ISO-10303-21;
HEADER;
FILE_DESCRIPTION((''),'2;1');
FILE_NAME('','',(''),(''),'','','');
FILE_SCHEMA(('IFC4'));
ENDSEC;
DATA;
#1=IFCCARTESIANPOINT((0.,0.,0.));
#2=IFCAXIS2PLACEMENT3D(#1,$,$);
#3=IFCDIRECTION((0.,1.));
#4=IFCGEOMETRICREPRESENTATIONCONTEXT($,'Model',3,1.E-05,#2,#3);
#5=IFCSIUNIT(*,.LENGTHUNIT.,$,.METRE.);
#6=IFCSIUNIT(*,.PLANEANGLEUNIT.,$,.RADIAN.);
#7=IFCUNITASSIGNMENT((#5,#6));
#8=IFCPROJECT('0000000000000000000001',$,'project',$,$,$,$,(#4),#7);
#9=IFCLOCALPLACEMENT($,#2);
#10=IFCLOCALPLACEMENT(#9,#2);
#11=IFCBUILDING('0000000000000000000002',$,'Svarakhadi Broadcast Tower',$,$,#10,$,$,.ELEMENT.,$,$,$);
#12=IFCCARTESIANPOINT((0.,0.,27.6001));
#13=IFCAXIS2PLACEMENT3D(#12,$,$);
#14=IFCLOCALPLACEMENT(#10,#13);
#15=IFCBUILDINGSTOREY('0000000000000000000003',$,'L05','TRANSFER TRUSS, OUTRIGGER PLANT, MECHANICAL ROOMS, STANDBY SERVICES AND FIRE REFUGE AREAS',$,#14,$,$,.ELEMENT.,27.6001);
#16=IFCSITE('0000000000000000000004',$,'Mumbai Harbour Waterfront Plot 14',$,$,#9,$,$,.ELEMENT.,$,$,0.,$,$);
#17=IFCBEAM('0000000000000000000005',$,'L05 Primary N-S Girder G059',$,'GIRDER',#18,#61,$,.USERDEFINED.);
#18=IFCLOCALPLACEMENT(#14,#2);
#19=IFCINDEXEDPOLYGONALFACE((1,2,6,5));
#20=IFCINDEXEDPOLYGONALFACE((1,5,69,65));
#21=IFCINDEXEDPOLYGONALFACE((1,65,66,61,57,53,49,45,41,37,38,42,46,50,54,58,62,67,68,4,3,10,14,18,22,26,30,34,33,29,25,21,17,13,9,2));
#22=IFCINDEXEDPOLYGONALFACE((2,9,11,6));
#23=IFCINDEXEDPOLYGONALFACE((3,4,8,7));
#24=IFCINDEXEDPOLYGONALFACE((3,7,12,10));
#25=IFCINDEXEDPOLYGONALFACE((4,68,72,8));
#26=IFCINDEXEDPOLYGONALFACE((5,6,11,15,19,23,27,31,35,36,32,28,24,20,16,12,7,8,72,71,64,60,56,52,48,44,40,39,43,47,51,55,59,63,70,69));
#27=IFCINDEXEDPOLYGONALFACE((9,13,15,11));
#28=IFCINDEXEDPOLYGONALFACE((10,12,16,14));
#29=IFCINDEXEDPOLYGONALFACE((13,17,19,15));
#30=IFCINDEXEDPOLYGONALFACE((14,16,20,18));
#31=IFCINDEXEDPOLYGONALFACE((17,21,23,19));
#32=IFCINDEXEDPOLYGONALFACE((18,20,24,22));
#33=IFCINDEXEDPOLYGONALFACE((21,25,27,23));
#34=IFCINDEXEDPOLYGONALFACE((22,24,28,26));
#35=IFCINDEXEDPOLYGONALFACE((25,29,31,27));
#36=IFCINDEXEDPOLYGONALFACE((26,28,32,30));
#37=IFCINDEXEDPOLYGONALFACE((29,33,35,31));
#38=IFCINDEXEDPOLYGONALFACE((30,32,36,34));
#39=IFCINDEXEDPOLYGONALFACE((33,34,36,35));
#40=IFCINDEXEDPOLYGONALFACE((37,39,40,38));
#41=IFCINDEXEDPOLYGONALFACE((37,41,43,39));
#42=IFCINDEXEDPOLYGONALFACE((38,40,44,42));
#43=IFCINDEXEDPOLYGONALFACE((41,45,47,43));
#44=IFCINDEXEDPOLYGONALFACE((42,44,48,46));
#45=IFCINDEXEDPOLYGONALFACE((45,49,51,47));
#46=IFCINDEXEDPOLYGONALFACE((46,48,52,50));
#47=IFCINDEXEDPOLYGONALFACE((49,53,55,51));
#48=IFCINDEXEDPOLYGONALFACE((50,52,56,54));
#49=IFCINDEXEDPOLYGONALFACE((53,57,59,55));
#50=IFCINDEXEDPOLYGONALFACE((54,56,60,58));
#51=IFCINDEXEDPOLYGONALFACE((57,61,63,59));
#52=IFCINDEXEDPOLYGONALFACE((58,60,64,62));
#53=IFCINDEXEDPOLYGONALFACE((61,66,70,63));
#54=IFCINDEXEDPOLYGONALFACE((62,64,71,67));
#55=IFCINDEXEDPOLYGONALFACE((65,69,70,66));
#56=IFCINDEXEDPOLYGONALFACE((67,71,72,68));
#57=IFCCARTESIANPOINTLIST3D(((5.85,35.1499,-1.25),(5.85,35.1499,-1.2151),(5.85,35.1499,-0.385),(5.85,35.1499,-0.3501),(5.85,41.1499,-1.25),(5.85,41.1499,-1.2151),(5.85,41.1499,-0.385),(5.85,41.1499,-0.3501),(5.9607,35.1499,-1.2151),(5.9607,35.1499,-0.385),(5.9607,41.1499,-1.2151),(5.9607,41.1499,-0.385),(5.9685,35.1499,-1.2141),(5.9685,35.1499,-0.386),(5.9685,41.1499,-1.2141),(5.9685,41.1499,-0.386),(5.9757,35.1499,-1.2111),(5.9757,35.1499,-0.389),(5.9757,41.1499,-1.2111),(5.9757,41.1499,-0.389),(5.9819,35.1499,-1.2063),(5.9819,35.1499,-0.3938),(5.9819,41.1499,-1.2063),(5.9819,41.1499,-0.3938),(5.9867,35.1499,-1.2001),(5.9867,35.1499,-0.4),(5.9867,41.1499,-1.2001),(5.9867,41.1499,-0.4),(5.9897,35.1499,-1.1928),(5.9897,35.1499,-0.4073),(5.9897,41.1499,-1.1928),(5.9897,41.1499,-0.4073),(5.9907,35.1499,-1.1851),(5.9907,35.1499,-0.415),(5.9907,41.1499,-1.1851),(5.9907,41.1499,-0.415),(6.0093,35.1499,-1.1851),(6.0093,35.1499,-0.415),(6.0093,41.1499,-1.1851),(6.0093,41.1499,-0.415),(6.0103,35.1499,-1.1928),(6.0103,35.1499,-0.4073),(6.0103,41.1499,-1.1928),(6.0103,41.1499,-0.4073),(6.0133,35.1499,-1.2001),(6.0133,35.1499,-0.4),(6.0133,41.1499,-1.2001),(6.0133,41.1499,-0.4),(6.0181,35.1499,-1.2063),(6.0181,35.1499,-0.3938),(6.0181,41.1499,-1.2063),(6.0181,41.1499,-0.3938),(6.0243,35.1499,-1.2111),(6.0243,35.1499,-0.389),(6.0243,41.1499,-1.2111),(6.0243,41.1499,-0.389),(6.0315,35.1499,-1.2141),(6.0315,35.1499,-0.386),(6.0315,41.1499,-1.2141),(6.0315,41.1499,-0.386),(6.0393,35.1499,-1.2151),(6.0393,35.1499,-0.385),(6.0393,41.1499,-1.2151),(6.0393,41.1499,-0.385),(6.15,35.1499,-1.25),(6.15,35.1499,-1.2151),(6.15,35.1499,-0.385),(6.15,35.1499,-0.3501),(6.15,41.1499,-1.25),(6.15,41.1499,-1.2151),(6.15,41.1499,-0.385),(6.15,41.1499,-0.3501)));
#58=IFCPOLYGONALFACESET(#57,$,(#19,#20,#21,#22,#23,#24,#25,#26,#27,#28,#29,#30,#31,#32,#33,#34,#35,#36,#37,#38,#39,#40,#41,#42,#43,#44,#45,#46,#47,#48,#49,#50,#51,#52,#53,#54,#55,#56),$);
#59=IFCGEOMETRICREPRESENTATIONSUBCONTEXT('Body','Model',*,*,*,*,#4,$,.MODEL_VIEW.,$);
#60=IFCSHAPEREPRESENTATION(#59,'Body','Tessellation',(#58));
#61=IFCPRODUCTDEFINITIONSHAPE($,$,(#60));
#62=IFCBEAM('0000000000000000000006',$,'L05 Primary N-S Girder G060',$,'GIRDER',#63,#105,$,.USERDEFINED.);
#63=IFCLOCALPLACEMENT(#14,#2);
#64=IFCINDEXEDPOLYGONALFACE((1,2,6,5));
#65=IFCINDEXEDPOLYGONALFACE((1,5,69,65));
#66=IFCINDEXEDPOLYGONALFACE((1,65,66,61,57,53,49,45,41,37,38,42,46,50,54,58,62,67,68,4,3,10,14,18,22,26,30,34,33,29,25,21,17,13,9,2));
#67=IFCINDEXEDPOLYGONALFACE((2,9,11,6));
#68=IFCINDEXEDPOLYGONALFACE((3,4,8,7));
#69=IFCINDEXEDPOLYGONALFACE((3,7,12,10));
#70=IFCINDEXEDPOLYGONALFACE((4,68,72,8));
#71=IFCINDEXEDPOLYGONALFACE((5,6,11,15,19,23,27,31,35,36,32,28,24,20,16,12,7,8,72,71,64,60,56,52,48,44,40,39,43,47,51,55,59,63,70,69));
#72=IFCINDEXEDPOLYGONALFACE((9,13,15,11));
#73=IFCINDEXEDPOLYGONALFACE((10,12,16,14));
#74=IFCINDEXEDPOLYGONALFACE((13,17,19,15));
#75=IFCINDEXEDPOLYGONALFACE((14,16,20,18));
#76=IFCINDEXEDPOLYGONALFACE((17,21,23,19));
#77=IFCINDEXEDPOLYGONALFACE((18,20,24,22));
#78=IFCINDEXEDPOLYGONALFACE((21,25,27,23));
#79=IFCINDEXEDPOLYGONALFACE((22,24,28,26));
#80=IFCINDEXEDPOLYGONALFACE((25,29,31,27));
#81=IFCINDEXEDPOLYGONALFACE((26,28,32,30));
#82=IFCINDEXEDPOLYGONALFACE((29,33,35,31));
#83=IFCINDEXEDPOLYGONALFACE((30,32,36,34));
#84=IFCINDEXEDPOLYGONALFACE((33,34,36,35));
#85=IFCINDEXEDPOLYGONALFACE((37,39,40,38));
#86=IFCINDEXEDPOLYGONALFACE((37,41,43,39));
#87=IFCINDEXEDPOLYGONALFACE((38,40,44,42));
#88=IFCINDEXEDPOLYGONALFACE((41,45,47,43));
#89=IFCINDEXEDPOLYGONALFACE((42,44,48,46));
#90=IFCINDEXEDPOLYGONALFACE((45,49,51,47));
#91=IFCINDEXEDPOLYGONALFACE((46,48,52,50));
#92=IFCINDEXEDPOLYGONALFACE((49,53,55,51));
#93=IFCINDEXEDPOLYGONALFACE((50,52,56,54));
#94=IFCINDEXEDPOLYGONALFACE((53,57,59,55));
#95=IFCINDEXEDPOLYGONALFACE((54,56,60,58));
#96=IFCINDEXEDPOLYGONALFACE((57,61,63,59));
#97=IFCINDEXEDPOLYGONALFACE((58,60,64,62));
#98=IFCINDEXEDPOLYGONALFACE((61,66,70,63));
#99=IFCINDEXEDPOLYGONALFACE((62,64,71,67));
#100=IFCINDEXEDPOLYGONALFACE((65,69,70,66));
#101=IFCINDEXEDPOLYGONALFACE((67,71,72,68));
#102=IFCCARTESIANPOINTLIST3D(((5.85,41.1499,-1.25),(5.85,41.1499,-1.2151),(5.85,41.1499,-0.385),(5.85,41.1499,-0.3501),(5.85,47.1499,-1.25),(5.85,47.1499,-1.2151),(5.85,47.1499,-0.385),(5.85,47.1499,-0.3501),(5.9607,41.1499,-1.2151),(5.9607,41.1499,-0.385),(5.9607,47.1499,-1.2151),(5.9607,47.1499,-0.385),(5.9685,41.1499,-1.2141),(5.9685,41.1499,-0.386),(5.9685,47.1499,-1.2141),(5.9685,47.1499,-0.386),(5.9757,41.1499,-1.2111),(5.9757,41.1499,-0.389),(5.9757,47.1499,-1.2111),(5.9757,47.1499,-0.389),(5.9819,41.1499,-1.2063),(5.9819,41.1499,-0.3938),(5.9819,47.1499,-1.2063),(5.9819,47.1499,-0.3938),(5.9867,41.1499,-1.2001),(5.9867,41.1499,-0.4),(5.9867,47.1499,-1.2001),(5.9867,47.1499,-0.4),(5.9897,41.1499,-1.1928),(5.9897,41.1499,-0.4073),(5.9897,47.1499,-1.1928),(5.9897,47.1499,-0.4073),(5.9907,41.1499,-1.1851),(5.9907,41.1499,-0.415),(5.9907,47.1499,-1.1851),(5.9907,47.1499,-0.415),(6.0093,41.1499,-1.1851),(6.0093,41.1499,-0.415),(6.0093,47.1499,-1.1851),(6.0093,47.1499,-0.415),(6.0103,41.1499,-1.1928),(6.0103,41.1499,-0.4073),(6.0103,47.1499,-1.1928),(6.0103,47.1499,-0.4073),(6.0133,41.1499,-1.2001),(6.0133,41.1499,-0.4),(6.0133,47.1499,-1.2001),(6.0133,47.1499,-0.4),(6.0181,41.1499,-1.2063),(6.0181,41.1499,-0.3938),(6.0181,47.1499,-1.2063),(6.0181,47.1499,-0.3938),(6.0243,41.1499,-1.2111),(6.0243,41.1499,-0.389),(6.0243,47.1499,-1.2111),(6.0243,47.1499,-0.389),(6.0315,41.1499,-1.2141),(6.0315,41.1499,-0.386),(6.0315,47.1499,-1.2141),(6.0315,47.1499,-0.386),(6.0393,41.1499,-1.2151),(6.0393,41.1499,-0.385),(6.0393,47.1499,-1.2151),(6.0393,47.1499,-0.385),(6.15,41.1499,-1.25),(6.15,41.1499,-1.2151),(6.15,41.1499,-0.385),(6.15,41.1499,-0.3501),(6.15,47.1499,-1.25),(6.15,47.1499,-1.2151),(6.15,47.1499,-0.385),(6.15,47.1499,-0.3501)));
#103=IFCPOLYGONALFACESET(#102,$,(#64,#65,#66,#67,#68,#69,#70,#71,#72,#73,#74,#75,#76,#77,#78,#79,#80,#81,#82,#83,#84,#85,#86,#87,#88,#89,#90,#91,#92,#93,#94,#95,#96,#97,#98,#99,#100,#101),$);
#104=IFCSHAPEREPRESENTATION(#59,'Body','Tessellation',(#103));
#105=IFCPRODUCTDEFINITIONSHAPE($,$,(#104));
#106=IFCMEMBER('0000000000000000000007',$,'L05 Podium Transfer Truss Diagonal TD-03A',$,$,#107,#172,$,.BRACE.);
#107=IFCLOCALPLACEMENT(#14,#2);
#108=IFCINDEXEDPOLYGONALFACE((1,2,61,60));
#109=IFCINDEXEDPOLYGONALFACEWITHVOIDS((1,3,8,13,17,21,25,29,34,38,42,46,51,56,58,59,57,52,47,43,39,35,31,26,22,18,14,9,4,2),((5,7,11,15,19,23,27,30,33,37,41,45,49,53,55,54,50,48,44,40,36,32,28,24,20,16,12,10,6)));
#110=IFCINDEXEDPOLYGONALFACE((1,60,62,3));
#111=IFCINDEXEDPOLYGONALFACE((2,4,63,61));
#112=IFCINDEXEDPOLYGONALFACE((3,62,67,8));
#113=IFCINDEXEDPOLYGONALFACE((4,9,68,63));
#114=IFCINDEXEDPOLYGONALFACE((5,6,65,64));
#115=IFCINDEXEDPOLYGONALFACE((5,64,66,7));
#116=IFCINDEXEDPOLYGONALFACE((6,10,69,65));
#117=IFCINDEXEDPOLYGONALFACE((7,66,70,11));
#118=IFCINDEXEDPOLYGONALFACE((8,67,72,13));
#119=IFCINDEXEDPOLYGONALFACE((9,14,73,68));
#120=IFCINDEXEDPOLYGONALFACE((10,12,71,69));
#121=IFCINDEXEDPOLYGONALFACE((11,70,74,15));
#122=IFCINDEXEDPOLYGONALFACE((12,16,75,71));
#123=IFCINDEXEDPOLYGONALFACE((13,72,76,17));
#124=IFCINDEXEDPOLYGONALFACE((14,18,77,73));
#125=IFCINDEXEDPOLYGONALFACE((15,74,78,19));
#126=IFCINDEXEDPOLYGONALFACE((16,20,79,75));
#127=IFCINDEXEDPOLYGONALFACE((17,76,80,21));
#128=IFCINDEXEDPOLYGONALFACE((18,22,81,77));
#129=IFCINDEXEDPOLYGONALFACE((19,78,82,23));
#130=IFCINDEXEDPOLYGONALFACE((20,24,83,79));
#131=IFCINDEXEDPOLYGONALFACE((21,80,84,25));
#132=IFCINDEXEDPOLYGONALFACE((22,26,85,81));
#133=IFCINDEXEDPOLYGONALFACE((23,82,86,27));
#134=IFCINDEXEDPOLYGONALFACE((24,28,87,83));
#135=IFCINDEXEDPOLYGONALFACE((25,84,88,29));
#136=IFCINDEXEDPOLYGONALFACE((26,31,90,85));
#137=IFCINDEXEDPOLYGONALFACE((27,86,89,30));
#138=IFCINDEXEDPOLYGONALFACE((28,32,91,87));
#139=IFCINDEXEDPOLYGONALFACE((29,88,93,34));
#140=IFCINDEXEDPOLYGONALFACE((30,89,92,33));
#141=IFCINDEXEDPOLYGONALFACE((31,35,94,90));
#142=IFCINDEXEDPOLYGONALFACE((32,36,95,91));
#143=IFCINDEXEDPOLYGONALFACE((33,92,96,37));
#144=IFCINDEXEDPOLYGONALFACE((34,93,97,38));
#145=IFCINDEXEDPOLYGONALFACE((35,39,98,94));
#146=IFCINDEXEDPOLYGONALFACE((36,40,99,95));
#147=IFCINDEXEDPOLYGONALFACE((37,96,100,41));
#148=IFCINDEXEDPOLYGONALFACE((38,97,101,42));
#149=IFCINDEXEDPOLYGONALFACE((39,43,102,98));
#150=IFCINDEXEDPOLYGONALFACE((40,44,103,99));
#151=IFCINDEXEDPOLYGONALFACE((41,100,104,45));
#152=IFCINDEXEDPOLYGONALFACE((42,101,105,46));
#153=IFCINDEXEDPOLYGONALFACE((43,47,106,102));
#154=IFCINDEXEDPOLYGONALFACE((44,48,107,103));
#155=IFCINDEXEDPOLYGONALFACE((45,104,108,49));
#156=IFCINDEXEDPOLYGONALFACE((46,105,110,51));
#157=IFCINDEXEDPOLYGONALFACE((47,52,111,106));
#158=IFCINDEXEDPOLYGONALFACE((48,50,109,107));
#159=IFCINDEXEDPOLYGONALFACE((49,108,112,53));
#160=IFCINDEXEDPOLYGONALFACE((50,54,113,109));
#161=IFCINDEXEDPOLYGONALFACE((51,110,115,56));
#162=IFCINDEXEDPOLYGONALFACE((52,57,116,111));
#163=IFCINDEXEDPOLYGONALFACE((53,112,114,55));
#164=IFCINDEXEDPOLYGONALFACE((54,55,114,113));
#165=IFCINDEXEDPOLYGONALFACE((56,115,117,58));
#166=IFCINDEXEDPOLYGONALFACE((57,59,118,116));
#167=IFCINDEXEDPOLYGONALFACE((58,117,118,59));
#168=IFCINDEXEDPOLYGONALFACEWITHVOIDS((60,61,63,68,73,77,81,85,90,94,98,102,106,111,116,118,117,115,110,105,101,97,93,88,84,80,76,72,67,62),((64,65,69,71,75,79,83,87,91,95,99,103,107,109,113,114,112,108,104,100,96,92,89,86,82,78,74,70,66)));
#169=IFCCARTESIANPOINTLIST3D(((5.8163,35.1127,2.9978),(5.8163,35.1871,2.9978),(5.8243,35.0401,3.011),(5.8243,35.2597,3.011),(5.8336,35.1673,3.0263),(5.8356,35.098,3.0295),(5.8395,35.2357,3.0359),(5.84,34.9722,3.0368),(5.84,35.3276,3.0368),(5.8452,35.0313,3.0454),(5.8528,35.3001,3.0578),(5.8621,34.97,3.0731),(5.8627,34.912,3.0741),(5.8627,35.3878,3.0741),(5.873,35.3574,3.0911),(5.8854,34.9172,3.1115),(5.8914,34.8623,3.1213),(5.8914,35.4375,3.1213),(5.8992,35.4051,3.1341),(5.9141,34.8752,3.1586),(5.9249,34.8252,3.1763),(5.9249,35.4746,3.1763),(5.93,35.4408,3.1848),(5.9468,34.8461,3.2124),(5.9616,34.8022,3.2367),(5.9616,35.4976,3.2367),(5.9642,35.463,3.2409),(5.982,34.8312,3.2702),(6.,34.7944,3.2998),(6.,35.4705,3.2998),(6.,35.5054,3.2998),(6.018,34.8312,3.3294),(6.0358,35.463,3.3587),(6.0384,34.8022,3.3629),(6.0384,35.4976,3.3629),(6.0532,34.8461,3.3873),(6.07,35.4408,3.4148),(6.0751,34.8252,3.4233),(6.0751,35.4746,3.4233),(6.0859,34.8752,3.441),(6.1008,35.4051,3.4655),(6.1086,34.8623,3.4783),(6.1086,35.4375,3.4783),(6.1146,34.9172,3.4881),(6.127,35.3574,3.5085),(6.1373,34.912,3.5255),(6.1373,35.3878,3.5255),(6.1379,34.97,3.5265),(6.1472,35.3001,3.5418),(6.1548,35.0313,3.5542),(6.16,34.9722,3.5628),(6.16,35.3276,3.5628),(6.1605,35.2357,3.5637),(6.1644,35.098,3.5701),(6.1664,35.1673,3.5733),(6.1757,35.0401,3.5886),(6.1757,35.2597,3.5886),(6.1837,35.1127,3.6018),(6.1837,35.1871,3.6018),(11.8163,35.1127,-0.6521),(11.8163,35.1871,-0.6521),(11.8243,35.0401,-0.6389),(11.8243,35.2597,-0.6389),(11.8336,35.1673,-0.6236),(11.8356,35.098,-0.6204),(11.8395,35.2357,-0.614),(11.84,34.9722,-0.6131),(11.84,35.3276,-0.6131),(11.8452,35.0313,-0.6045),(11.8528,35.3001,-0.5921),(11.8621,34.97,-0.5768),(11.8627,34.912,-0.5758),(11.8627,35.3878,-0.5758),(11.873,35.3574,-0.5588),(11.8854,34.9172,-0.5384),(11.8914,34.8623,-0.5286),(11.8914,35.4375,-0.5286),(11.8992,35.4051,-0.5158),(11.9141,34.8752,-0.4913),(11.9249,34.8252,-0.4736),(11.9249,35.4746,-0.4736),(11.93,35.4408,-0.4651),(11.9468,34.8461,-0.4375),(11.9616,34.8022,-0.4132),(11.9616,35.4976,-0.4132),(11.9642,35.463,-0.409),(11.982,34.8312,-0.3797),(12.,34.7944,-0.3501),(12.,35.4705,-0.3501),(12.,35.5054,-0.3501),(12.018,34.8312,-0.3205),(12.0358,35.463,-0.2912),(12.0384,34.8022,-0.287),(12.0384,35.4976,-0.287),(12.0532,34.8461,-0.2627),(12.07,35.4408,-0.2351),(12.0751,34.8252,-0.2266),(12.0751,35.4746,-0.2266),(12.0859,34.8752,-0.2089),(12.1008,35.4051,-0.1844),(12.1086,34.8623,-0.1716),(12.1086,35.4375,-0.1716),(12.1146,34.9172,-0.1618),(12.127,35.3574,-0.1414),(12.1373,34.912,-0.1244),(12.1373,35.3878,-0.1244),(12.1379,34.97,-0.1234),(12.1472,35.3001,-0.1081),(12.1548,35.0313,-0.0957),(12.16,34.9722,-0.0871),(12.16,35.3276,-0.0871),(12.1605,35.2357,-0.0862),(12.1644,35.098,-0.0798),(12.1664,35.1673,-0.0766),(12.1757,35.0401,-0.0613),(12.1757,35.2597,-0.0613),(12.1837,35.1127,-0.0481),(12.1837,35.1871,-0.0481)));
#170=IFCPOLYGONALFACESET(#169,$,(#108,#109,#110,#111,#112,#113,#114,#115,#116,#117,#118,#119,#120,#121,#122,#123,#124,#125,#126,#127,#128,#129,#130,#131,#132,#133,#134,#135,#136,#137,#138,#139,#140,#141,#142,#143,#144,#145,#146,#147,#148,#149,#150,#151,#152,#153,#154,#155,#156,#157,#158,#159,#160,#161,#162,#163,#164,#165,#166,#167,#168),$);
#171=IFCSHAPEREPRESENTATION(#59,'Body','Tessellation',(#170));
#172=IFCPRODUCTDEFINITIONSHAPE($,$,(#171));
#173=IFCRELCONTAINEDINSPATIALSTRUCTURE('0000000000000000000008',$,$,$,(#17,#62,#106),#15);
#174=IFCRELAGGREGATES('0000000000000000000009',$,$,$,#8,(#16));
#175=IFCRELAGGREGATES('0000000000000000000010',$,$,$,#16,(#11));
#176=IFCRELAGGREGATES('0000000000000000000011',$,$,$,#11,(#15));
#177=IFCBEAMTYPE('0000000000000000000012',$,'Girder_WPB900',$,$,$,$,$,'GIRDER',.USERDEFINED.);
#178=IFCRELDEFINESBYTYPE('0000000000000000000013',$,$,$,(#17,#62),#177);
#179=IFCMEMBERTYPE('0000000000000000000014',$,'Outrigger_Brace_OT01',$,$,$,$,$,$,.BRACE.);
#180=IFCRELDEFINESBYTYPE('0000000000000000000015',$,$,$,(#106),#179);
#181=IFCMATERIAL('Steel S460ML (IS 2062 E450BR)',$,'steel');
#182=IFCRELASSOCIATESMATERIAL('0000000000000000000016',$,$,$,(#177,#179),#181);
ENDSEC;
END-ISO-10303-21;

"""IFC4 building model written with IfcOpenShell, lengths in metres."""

from ifc_helpers import new_model, si_unit, direction, frame, origin, origin_2d, place, context, subcontext, project, spatial, hollow_circle, i_section, extrude, material, material_profile, profile_set, type_object, element, save


model = new_model("IFC4")

# Units and contexts
model_context = context("Model", 3, precision=1e-05, world=origin(), true_north=direction((0.0, 1.0)))
body_context = subcontext(model_context, "Body", "Model", "MODEL_VIEW")
ifc_project = project(units=[si_unit("LENGTHUNIT", "METRE"), si_unit("PLANEANGLEUNIT", "RADIAN")], contexts=[model_context])

# Site, building, storey
site_placement = place(None, origin())
site = spatial("IfcSite", under=ifc_project, at=site_placement, Name="Mumbai Harbour Waterfront Plot 14", CompositionType="ELEMENT", RefElevation=0.0)
building_placement = place(site_placement, origin())
building = spatial("IfcBuilding", under=site, at=building_placement, Name="Svarakhadi Broadcast Tower", CompositionType="ELEMENT")
storey_placement = place(building_placement, frame((0.0, 0.0, 27.6001)))
storey = spatial("IfcBuildingStorey", under=building, at=storey_placement, Name="L05", Description="TRANSFER TRUSS, OUTRIGGER PLANT, MECHANICAL ROOMS, STANDBY SERVICES AND FIRE REFUGE AREAS", CompositionType="ELEMENT", Elevation=27.6001)

# Shared definitions
ifc_material_1 = material(Name="Steel S460ML (IS 2062 E450BR)", Category="steel")

# Beams
ifc_material_profile_1 = material_profile(ifc_material_1, i_section(OverallWidth=0.3, OverallDepth=0.8999, WebThickness=0.0186, FlangeThickness=0.0349, FilletRadius=0.03, at=origin_2d()), Name="WPB 900x300x291")
ifc_profile_set_1 = profile_set([ifc_material_profile_1], Name="Steel S460ML (IS 2062 E450BR)")
beam_type_1 = type_object("IfcBeamType", Name="Girder_WPB900", ElementType="GIRDER", PredefinedType="USERDEFINED", material=ifc_profile_set_1)
for number, where, z_axis, x_axis, name in (
    (1, (6.0, 35.1499, -0.8), (0.0, 1.0, 0.0), (-1.0, 0.0, 0.0), "L05 Primary N-S Girder G059"),
    (2, (6.0, 41.1499, -0.8), (0.0, 1.0, 0.0), (-1.0, 0.0, 0.0), "L05 Primary N-S Girder G060"),
):
    element("IfcBeam", number, at=place(storey_placement, frame(where, z_axis=z_axis, x_axis=x_axis)), inside=storey, type_object=beam_type_1, Name=name, ObjectType="GIRDER", PredefinedType="USERDEFINED", context=body_context, shape_type="SweptSolid", body=[
        extrude(i_section(OverallWidth=0.3, OverallDepth=0.8999, WebThickness=0.0186, FlangeThickness=0.0349, FilletRadius=0.03, at=origin_2d()), origin(), (0.0, 0.0, 1.0), 6.0),
    ])

# Member
ifc_material_profile_2 = material_profile(ifc_material_1, hollow_circle(Radius=0.3555, WallThickness=0.0349, at=origin_2d()), Name="CHS 711x35")
ifc_profile_set_2 = profile_set([ifc_material_profile_2], Name="Steel S460ML (IS 2062 E450BR)")
member_type_1 = type_object("IfcMemberType", Name="Outrigger_Brace_OT01", PredefinedType="BRACE", material=ifc_profile_set_2)
for number, where, z_axis, x_axis, name in (
    (3, (6.0, 35.1499, 3.2998), (0.854342, 0.0, -0.519711), (0.0, 1.0, 0.0), "L05 Podium Transfer Truss Diagonal TD-03A"),
):
    element("IfcMember", number, at=place(storey_placement, frame(where, z_axis=z_axis, x_axis=x_axis)), inside=storey, type_object=member_type_1, Name=name, PredefinedType="BRACE", context=body_context, shape_type="SweptSolid", body=[
        extrude(hollow_circle(Radius=0.3555, WallThickness=0.0349, at=origin_2d()), origin(), (0.0, 0.0, 1.0), 7.0229),
    ])

save(model, "model.ifc")
